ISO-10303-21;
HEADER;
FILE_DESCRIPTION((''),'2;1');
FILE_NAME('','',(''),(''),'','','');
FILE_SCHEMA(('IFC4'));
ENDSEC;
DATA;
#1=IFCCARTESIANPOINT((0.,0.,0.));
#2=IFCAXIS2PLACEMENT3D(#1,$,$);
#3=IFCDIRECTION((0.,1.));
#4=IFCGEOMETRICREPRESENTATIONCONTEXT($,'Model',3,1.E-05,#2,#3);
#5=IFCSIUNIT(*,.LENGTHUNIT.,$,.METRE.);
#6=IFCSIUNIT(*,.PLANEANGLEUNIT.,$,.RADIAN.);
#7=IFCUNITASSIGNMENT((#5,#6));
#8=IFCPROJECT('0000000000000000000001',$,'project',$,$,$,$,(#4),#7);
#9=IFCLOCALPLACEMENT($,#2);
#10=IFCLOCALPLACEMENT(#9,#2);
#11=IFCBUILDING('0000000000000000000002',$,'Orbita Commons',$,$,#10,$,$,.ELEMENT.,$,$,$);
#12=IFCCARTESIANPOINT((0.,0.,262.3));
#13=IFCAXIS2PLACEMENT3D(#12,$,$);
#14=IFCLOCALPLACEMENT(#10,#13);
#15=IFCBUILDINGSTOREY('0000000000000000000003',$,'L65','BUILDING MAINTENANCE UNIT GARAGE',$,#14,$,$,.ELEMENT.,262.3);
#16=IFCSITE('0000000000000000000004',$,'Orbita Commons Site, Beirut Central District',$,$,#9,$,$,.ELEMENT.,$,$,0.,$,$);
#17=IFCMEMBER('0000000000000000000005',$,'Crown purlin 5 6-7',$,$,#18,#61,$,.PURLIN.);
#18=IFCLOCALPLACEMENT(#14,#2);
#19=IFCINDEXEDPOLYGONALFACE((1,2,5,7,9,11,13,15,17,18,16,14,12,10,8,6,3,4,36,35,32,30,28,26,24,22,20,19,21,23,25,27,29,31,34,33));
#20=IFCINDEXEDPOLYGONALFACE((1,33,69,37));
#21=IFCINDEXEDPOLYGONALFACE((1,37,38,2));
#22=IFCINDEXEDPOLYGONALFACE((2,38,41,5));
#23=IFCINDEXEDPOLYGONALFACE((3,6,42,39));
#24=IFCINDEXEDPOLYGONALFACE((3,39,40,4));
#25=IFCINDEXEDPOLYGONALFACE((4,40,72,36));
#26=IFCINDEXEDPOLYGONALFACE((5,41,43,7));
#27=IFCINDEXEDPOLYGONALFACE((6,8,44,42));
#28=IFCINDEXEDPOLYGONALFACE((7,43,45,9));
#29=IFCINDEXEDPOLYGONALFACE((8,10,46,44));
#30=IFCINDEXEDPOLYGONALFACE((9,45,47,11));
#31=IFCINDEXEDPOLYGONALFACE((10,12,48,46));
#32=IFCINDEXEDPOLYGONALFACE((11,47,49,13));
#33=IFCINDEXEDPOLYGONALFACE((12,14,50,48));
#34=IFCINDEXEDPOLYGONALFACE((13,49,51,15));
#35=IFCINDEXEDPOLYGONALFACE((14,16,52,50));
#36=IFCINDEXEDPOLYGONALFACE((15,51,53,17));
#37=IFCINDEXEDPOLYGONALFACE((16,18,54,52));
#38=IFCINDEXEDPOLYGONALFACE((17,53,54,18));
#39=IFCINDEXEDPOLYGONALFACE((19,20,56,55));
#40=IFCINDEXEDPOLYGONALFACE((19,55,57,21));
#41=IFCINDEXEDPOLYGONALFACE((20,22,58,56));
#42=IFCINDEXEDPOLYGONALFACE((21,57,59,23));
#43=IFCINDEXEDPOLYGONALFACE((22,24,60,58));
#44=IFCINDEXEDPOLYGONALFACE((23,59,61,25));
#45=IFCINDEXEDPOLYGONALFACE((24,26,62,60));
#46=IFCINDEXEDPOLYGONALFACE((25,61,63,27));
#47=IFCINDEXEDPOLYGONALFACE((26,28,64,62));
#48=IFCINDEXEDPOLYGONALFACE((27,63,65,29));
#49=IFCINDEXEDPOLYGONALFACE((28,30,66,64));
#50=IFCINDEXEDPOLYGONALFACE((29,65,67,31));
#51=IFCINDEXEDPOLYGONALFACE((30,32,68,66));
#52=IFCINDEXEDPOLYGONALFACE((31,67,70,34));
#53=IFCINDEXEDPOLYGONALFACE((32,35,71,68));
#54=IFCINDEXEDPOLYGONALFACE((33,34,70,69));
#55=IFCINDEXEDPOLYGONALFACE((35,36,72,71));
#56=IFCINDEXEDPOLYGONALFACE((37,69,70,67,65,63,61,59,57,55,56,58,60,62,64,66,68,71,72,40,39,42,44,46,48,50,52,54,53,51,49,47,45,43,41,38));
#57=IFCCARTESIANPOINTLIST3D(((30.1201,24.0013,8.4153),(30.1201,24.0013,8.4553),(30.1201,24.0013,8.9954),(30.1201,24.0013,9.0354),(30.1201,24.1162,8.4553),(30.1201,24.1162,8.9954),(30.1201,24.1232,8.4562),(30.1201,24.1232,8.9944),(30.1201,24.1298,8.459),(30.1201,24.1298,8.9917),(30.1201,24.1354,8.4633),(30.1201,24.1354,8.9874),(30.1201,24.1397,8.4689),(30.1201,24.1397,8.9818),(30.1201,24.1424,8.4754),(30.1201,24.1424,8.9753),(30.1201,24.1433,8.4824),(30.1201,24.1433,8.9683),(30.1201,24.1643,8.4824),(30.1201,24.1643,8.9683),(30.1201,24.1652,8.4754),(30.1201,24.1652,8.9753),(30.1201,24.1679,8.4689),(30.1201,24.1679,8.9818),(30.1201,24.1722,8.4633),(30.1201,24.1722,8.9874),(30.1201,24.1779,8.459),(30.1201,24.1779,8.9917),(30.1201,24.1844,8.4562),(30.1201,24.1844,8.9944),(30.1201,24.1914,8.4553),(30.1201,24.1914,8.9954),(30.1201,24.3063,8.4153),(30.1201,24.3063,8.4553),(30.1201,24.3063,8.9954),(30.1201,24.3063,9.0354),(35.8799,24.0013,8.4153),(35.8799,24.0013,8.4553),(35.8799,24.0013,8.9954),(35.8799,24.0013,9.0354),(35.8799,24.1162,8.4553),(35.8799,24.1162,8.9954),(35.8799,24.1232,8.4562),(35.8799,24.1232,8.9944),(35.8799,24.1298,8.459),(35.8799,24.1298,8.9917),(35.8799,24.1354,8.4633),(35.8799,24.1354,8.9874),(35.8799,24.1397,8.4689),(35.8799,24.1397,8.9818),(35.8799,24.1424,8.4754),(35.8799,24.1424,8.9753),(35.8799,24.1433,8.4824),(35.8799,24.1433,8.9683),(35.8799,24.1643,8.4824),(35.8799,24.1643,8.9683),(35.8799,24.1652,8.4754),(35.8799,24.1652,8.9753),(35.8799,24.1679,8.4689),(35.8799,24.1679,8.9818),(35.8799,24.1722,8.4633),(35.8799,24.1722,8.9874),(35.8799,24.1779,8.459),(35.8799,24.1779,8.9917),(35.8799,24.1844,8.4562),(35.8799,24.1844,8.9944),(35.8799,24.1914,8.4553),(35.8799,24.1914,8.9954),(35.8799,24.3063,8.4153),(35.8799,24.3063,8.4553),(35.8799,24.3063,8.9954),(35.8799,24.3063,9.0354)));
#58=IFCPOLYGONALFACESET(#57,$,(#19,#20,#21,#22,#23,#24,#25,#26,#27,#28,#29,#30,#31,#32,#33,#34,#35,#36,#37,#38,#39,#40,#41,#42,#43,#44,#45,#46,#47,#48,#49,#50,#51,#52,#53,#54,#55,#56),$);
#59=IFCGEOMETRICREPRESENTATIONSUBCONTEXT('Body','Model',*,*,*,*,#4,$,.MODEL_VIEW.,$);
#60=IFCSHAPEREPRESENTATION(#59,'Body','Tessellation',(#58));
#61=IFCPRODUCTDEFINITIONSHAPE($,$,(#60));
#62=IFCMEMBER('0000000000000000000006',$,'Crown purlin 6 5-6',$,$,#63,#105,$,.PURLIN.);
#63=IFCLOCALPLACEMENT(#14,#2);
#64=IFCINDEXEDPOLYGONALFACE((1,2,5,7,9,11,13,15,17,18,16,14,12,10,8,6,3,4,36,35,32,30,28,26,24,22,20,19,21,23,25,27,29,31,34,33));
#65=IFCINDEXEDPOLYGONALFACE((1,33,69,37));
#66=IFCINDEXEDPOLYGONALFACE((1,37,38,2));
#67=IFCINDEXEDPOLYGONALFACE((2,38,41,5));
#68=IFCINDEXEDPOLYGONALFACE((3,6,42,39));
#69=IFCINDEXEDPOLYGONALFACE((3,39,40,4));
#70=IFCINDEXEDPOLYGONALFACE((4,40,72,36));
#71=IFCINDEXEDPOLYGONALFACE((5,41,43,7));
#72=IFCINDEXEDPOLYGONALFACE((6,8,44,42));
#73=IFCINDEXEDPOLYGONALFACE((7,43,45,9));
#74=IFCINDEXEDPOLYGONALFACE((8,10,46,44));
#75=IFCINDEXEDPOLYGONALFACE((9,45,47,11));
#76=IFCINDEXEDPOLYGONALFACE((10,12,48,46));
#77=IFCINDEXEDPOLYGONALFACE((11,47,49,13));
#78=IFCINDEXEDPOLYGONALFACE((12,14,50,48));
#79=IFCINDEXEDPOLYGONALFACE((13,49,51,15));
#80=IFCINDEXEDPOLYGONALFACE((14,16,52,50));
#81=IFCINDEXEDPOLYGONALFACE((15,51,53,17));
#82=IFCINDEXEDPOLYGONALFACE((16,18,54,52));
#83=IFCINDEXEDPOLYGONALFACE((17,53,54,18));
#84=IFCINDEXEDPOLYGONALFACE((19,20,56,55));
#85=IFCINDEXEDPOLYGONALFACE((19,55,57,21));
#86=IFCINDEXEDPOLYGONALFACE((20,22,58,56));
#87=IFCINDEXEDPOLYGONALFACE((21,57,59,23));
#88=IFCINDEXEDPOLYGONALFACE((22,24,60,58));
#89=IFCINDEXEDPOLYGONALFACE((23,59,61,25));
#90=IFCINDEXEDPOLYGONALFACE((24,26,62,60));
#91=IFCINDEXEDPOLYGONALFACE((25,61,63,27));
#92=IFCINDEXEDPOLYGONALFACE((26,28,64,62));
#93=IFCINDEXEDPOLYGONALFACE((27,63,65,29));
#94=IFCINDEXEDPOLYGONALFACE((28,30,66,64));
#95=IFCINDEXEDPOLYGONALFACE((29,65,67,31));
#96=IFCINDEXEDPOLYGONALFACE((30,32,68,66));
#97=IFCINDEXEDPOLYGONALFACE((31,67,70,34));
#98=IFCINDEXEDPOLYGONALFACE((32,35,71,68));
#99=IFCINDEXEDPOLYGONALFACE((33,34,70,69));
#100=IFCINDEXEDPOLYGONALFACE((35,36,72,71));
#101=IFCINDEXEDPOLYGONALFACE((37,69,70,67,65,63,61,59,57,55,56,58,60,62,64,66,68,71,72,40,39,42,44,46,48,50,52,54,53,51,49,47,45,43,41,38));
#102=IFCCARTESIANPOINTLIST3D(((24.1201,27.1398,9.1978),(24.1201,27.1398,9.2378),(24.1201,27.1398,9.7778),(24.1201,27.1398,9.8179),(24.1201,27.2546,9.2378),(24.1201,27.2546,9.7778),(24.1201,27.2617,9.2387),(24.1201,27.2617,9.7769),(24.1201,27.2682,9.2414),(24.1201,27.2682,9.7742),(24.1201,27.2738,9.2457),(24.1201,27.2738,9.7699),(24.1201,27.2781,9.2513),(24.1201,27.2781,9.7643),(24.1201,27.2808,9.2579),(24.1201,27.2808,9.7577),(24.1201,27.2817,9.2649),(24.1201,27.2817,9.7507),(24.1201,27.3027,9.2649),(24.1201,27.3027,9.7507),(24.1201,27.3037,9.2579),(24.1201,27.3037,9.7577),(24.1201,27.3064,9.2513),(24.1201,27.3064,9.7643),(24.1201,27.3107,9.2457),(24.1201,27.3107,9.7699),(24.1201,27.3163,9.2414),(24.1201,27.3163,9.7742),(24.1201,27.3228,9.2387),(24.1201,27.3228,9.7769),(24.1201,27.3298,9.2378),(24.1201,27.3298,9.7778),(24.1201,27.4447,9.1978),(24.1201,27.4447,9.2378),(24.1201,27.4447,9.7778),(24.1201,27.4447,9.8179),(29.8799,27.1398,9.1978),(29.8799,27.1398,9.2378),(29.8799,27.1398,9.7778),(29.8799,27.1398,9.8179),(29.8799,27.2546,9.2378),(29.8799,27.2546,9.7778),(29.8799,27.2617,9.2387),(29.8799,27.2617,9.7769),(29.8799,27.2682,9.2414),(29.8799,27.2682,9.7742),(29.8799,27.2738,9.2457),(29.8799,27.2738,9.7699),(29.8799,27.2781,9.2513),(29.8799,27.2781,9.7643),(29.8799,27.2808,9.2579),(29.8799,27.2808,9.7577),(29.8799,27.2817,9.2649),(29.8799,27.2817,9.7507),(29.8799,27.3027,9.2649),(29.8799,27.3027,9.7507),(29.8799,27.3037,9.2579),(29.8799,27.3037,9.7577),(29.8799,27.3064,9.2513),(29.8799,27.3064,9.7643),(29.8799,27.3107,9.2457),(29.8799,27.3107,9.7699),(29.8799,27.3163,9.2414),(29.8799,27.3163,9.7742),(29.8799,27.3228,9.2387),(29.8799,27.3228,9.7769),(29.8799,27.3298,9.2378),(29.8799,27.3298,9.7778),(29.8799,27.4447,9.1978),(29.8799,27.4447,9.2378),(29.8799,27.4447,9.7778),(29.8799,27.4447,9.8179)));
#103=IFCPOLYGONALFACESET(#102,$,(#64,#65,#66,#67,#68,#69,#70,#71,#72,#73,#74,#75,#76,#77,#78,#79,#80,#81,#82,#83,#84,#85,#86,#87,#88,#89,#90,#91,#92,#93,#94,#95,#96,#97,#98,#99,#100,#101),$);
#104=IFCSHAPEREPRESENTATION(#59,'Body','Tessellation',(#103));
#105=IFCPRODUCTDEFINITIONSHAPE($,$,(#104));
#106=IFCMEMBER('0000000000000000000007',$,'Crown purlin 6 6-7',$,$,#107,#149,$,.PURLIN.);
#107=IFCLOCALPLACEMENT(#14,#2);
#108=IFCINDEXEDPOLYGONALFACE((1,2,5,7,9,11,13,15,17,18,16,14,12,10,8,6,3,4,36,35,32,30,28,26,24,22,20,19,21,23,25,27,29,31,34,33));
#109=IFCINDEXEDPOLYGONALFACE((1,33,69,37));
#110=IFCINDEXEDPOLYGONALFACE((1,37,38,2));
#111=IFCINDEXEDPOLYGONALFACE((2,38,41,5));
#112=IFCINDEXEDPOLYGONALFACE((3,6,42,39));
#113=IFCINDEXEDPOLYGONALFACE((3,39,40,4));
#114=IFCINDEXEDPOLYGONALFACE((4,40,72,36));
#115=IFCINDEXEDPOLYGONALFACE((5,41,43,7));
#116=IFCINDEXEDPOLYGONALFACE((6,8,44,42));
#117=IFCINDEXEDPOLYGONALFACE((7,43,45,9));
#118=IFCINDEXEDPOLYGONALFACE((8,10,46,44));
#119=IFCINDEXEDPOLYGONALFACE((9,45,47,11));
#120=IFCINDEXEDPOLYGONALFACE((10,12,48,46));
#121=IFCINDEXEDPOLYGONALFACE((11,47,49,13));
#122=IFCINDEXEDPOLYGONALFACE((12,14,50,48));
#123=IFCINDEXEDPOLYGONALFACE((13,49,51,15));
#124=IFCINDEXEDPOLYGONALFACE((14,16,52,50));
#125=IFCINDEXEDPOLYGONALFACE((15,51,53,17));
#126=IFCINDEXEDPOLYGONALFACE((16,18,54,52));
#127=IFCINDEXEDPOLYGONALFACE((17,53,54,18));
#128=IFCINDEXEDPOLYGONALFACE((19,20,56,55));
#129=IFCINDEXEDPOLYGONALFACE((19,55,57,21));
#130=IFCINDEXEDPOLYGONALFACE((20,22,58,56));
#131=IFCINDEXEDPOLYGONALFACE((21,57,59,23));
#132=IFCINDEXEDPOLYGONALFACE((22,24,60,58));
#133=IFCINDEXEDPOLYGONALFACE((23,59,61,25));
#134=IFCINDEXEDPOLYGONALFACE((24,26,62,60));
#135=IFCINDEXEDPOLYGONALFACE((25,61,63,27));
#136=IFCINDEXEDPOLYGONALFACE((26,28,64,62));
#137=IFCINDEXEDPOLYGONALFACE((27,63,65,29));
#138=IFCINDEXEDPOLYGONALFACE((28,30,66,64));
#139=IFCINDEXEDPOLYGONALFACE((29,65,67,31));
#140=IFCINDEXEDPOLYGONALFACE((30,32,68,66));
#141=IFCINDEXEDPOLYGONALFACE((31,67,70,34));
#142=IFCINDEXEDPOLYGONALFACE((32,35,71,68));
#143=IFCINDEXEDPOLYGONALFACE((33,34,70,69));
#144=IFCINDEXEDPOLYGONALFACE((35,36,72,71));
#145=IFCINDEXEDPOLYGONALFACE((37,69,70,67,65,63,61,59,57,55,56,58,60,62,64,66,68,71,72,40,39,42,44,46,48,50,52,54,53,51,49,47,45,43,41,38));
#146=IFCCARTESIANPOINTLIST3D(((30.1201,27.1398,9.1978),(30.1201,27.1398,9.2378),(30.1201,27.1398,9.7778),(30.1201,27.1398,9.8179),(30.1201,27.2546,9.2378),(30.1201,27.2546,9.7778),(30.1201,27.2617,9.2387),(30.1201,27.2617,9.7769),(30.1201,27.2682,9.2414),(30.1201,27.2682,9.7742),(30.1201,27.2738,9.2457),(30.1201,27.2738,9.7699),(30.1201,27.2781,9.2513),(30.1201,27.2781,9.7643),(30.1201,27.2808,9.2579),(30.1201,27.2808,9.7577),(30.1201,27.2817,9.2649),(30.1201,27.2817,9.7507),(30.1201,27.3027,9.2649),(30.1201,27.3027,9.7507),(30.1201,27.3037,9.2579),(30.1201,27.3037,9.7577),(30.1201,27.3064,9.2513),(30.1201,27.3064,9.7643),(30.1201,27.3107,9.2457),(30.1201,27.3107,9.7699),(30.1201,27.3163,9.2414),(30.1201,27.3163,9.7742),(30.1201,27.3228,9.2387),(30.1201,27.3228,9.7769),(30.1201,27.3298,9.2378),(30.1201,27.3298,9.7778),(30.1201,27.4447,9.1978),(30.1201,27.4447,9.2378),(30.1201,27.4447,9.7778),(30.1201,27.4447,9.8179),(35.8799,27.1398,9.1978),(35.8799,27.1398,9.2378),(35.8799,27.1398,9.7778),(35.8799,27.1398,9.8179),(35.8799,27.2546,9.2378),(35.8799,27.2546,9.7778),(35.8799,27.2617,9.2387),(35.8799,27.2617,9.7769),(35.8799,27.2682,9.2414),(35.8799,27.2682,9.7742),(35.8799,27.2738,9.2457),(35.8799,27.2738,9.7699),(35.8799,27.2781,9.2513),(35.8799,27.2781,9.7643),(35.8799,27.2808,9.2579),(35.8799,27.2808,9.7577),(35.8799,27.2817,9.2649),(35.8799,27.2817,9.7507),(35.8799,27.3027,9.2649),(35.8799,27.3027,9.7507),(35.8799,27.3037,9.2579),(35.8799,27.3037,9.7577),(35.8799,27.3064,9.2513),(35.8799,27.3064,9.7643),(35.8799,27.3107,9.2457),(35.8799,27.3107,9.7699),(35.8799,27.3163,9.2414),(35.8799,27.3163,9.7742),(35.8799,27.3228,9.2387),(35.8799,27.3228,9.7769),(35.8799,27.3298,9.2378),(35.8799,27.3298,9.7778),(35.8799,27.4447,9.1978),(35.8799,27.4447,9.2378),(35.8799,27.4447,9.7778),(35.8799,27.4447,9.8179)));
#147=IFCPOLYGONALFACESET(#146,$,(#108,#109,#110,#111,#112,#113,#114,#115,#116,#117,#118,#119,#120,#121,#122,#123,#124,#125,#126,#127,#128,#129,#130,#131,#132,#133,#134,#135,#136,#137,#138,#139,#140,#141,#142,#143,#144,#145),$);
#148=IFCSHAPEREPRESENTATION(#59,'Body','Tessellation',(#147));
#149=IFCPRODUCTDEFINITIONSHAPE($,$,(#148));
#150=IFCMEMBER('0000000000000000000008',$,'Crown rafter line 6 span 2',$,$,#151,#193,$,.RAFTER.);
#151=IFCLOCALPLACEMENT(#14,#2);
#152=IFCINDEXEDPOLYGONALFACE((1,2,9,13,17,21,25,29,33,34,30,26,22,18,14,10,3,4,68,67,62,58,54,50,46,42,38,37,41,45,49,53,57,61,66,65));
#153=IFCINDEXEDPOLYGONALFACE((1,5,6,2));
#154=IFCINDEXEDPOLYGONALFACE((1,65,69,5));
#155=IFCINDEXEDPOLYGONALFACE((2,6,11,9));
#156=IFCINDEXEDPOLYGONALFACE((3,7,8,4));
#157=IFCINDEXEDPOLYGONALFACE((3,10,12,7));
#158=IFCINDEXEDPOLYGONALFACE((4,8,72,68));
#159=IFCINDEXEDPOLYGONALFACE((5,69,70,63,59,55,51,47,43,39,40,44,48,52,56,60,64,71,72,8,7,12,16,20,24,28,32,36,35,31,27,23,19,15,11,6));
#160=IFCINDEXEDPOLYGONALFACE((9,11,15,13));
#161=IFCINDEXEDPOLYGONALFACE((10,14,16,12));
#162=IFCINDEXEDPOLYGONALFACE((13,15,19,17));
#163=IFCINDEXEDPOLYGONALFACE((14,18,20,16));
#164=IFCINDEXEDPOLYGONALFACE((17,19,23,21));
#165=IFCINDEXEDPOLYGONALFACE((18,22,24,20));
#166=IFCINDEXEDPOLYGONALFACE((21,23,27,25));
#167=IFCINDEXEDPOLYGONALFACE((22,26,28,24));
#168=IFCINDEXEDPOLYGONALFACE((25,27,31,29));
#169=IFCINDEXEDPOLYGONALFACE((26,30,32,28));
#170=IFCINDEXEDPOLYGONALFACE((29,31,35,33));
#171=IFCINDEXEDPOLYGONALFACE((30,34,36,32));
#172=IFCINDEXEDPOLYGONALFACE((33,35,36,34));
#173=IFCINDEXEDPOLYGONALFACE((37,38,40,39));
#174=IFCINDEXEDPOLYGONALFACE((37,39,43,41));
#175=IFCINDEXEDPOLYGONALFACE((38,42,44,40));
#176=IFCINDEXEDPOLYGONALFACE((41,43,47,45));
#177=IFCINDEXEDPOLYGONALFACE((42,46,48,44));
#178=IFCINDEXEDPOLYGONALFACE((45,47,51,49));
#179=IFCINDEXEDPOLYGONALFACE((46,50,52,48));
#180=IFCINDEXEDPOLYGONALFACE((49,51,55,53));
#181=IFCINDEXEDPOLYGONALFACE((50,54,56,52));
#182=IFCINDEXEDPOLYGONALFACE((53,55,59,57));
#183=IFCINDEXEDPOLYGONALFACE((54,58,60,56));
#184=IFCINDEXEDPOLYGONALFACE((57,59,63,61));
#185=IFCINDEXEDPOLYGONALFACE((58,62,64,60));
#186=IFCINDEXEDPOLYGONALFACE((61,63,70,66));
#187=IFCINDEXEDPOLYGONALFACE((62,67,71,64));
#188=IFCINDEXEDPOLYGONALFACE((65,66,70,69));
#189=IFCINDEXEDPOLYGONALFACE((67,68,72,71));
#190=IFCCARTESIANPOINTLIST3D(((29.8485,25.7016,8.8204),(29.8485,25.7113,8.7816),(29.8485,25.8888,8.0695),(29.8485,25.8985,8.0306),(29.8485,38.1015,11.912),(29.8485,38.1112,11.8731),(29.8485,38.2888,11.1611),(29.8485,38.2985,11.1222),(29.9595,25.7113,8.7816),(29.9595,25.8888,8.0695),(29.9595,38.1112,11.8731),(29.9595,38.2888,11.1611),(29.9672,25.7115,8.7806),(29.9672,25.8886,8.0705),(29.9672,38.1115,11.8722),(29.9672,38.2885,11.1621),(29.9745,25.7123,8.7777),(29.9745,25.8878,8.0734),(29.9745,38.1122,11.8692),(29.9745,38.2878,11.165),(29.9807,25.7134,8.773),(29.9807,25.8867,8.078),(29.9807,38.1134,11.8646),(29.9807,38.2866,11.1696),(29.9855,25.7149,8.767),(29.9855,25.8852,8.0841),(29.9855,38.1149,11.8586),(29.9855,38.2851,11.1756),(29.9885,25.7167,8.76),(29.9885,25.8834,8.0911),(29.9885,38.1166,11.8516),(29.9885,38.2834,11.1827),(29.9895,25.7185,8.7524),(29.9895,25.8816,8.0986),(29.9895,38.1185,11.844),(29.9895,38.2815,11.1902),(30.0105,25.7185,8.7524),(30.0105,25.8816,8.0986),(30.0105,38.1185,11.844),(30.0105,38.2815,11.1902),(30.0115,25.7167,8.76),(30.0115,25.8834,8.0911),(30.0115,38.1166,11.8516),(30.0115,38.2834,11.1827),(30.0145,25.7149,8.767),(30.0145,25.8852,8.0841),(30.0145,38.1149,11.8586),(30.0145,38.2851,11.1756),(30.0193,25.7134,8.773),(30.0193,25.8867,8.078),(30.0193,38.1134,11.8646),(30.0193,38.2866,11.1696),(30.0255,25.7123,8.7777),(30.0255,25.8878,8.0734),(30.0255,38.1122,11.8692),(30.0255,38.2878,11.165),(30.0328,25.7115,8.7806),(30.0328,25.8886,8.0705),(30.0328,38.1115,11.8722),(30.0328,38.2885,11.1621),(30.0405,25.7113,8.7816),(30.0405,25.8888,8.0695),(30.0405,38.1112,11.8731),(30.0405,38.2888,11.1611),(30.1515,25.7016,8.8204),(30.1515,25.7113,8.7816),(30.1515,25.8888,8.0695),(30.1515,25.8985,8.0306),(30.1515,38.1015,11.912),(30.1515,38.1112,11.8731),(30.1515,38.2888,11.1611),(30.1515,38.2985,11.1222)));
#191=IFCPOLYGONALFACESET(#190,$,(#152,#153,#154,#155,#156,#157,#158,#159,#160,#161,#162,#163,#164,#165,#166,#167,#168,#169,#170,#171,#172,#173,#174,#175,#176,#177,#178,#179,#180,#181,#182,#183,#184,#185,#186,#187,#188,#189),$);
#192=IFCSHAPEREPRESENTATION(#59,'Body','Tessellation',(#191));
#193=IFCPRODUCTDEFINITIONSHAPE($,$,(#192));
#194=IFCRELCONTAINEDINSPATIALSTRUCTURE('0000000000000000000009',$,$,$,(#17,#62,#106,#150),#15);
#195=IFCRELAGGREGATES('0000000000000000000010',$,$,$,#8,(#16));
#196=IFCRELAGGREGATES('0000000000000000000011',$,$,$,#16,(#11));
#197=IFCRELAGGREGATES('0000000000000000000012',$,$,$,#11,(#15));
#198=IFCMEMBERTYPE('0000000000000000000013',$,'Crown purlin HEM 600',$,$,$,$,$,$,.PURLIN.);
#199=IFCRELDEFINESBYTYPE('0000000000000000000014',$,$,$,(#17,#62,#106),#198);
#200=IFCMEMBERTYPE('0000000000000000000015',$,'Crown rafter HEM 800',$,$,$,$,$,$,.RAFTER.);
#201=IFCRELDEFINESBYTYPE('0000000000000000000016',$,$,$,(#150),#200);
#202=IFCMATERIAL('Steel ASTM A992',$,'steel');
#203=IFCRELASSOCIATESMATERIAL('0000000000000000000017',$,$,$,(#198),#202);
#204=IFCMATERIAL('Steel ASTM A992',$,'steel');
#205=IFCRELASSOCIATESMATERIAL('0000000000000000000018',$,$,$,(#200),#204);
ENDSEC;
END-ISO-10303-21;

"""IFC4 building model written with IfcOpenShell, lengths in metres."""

from ifc_helpers import new_model, si_unit, direction, frame, origin, origin_2d, place, context, subcontext, project, spatial, i_section, extrude, material, material_profile, profile_set, type_object, element, save


model = new_model("IFC4")

# Units and contexts
model_context = context("Model", 3, precision=1e-05, world=origin(), true_north=direction((0.0, 1.0)))
body_context = subcontext(model_context, "Body", "Model", "MODEL_VIEW")
ifc_project = project(units=[si_unit("LENGTHUNIT", "METRE"), si_unit("PLANEANGLEUNIT", "RADIAN")], contexts=[model_context])

# Site, building, storey
site_placement = place(None, origin())
site = spatial("IfcSite", under=ifc_project, at=site_placement, Name="Orbita Commons Site, Beirut Central District", CompositionType="ELEMENT", RefElevation=0.0)
building_placement = place(site_placement, origin())
building = spatial("IfcBuilding", under=site, at=building_placement, Name="Orbita Commons", CompositionType="ELEMENT")
storey_placement = place(building_placement, frame((0.0, 0.0, 262.3)))
storey = spatial("IfcBuildingStorey", under=building, at=storey_placement, Name="L65", Description="BUILDING MAINTENANCE UNIT GARAGE", CompositionType="ELEMENT", Elevation=262.3)

# Members
ifc_material_1 = material(Name="Steel ASTM A992", Category="steel")
ifc_material_profile_1 = material_profile(ifc_material_1, i_section(OverallWidth=0.3049, OverallDepth=0.6201, WebThickness=0.021, FlangeThickness=0.04, FilletRadius=0.0271, at=origin_2d()), Name="HEM 600")
ifc_profile_set_1 = profile_set([ifc_material_profile_1], Name="Steel ASTM A992")
member_type_1 = type_object("IfcMemberType", Name="Crown purlin HEM 600", PredefinedType="PURLIN", material=ifc_profile_set_1)
for number, where, z_axis, x_axis, name in (
    (1, (30.1201, 24.1538, 8.7253), (1.0, 0.0, 0.0), (0.0, 1.0, 0.0), "Crown purlin 5 6-7"),
    (2, (24.1201, 27.2922, 9.5078), (1.0, 0.0, 0.0), (0.0, 1.0, 0.0), "Crown purlin 6 5-6"),
    (3, (30.1201, 27.2922, 9.5078), (1.0, 0.0, 0.0), (0.0, 1.0, 0.0), "Crown purlin 6 6-7"),
):
    element("IfcMember", number, at=place(storey_placement, frame(where, z_axis=z_axis, x_axis=x_axis)), inside=storey, type_object=member_type_1, Name=name, PredefinedType="PURLIN", context=body_context, shape_type="SweptSolid", body=[
        extrude(i_section(OverallWidth=0.3049, OverallDepth=0.6201, WebThickness=0.021, FlangeThickness=0.04, FilletRadius=0.0271, at=origin_2d()), origin(), (0.0, 0.0, 1.0), 5.7598),
    ])
ifc_material_2 = material(Name="Steel ASTM A992", Category="steel")
ifc_material_profile_2 = material_profile(ifc_material_2, i_section(OverallWidth=0.303, OverallDepth=0.814, WebThickness=0.021, FlangeThickness=0.04, FilletRadius=0.03, at=origin_2d()), Name="HEM 800")
ifc_profile_set_2 = profile_set([ifc_material_profile_2], Name="Steel ASTM A992")
member_type_2 = type_object("IfcMemberType", Name="Crown rafter HEM 800", PredefinedType="RAFTER", material=ifc_profile_set_2)
member_placement = place(storey_placement, frame((30.0, 25.8, 8.4255), z_axis=(0.0, 0.970297, 0.241915), x_axis=(-1.0, 0.0, 0.0)))
element("IfcMember", 4, at=member_placement, inside=storey, type_object=member_type_2, Name="Crown rafter line 6 span 2", PredefinedType="RAFTER", context=body_context, shape_type="SweptSolid", body=[
    extrude(i_section(OverallWidth=0.303, OverallDepth=0.814, WebThickness=0.021, FlangeThickness=0.04, FilletRadius=0.03, at=origin_2d()), origin(), (0.0, 0.0, 1.0), 12.7795),
])

save(model, "model.ifc")
